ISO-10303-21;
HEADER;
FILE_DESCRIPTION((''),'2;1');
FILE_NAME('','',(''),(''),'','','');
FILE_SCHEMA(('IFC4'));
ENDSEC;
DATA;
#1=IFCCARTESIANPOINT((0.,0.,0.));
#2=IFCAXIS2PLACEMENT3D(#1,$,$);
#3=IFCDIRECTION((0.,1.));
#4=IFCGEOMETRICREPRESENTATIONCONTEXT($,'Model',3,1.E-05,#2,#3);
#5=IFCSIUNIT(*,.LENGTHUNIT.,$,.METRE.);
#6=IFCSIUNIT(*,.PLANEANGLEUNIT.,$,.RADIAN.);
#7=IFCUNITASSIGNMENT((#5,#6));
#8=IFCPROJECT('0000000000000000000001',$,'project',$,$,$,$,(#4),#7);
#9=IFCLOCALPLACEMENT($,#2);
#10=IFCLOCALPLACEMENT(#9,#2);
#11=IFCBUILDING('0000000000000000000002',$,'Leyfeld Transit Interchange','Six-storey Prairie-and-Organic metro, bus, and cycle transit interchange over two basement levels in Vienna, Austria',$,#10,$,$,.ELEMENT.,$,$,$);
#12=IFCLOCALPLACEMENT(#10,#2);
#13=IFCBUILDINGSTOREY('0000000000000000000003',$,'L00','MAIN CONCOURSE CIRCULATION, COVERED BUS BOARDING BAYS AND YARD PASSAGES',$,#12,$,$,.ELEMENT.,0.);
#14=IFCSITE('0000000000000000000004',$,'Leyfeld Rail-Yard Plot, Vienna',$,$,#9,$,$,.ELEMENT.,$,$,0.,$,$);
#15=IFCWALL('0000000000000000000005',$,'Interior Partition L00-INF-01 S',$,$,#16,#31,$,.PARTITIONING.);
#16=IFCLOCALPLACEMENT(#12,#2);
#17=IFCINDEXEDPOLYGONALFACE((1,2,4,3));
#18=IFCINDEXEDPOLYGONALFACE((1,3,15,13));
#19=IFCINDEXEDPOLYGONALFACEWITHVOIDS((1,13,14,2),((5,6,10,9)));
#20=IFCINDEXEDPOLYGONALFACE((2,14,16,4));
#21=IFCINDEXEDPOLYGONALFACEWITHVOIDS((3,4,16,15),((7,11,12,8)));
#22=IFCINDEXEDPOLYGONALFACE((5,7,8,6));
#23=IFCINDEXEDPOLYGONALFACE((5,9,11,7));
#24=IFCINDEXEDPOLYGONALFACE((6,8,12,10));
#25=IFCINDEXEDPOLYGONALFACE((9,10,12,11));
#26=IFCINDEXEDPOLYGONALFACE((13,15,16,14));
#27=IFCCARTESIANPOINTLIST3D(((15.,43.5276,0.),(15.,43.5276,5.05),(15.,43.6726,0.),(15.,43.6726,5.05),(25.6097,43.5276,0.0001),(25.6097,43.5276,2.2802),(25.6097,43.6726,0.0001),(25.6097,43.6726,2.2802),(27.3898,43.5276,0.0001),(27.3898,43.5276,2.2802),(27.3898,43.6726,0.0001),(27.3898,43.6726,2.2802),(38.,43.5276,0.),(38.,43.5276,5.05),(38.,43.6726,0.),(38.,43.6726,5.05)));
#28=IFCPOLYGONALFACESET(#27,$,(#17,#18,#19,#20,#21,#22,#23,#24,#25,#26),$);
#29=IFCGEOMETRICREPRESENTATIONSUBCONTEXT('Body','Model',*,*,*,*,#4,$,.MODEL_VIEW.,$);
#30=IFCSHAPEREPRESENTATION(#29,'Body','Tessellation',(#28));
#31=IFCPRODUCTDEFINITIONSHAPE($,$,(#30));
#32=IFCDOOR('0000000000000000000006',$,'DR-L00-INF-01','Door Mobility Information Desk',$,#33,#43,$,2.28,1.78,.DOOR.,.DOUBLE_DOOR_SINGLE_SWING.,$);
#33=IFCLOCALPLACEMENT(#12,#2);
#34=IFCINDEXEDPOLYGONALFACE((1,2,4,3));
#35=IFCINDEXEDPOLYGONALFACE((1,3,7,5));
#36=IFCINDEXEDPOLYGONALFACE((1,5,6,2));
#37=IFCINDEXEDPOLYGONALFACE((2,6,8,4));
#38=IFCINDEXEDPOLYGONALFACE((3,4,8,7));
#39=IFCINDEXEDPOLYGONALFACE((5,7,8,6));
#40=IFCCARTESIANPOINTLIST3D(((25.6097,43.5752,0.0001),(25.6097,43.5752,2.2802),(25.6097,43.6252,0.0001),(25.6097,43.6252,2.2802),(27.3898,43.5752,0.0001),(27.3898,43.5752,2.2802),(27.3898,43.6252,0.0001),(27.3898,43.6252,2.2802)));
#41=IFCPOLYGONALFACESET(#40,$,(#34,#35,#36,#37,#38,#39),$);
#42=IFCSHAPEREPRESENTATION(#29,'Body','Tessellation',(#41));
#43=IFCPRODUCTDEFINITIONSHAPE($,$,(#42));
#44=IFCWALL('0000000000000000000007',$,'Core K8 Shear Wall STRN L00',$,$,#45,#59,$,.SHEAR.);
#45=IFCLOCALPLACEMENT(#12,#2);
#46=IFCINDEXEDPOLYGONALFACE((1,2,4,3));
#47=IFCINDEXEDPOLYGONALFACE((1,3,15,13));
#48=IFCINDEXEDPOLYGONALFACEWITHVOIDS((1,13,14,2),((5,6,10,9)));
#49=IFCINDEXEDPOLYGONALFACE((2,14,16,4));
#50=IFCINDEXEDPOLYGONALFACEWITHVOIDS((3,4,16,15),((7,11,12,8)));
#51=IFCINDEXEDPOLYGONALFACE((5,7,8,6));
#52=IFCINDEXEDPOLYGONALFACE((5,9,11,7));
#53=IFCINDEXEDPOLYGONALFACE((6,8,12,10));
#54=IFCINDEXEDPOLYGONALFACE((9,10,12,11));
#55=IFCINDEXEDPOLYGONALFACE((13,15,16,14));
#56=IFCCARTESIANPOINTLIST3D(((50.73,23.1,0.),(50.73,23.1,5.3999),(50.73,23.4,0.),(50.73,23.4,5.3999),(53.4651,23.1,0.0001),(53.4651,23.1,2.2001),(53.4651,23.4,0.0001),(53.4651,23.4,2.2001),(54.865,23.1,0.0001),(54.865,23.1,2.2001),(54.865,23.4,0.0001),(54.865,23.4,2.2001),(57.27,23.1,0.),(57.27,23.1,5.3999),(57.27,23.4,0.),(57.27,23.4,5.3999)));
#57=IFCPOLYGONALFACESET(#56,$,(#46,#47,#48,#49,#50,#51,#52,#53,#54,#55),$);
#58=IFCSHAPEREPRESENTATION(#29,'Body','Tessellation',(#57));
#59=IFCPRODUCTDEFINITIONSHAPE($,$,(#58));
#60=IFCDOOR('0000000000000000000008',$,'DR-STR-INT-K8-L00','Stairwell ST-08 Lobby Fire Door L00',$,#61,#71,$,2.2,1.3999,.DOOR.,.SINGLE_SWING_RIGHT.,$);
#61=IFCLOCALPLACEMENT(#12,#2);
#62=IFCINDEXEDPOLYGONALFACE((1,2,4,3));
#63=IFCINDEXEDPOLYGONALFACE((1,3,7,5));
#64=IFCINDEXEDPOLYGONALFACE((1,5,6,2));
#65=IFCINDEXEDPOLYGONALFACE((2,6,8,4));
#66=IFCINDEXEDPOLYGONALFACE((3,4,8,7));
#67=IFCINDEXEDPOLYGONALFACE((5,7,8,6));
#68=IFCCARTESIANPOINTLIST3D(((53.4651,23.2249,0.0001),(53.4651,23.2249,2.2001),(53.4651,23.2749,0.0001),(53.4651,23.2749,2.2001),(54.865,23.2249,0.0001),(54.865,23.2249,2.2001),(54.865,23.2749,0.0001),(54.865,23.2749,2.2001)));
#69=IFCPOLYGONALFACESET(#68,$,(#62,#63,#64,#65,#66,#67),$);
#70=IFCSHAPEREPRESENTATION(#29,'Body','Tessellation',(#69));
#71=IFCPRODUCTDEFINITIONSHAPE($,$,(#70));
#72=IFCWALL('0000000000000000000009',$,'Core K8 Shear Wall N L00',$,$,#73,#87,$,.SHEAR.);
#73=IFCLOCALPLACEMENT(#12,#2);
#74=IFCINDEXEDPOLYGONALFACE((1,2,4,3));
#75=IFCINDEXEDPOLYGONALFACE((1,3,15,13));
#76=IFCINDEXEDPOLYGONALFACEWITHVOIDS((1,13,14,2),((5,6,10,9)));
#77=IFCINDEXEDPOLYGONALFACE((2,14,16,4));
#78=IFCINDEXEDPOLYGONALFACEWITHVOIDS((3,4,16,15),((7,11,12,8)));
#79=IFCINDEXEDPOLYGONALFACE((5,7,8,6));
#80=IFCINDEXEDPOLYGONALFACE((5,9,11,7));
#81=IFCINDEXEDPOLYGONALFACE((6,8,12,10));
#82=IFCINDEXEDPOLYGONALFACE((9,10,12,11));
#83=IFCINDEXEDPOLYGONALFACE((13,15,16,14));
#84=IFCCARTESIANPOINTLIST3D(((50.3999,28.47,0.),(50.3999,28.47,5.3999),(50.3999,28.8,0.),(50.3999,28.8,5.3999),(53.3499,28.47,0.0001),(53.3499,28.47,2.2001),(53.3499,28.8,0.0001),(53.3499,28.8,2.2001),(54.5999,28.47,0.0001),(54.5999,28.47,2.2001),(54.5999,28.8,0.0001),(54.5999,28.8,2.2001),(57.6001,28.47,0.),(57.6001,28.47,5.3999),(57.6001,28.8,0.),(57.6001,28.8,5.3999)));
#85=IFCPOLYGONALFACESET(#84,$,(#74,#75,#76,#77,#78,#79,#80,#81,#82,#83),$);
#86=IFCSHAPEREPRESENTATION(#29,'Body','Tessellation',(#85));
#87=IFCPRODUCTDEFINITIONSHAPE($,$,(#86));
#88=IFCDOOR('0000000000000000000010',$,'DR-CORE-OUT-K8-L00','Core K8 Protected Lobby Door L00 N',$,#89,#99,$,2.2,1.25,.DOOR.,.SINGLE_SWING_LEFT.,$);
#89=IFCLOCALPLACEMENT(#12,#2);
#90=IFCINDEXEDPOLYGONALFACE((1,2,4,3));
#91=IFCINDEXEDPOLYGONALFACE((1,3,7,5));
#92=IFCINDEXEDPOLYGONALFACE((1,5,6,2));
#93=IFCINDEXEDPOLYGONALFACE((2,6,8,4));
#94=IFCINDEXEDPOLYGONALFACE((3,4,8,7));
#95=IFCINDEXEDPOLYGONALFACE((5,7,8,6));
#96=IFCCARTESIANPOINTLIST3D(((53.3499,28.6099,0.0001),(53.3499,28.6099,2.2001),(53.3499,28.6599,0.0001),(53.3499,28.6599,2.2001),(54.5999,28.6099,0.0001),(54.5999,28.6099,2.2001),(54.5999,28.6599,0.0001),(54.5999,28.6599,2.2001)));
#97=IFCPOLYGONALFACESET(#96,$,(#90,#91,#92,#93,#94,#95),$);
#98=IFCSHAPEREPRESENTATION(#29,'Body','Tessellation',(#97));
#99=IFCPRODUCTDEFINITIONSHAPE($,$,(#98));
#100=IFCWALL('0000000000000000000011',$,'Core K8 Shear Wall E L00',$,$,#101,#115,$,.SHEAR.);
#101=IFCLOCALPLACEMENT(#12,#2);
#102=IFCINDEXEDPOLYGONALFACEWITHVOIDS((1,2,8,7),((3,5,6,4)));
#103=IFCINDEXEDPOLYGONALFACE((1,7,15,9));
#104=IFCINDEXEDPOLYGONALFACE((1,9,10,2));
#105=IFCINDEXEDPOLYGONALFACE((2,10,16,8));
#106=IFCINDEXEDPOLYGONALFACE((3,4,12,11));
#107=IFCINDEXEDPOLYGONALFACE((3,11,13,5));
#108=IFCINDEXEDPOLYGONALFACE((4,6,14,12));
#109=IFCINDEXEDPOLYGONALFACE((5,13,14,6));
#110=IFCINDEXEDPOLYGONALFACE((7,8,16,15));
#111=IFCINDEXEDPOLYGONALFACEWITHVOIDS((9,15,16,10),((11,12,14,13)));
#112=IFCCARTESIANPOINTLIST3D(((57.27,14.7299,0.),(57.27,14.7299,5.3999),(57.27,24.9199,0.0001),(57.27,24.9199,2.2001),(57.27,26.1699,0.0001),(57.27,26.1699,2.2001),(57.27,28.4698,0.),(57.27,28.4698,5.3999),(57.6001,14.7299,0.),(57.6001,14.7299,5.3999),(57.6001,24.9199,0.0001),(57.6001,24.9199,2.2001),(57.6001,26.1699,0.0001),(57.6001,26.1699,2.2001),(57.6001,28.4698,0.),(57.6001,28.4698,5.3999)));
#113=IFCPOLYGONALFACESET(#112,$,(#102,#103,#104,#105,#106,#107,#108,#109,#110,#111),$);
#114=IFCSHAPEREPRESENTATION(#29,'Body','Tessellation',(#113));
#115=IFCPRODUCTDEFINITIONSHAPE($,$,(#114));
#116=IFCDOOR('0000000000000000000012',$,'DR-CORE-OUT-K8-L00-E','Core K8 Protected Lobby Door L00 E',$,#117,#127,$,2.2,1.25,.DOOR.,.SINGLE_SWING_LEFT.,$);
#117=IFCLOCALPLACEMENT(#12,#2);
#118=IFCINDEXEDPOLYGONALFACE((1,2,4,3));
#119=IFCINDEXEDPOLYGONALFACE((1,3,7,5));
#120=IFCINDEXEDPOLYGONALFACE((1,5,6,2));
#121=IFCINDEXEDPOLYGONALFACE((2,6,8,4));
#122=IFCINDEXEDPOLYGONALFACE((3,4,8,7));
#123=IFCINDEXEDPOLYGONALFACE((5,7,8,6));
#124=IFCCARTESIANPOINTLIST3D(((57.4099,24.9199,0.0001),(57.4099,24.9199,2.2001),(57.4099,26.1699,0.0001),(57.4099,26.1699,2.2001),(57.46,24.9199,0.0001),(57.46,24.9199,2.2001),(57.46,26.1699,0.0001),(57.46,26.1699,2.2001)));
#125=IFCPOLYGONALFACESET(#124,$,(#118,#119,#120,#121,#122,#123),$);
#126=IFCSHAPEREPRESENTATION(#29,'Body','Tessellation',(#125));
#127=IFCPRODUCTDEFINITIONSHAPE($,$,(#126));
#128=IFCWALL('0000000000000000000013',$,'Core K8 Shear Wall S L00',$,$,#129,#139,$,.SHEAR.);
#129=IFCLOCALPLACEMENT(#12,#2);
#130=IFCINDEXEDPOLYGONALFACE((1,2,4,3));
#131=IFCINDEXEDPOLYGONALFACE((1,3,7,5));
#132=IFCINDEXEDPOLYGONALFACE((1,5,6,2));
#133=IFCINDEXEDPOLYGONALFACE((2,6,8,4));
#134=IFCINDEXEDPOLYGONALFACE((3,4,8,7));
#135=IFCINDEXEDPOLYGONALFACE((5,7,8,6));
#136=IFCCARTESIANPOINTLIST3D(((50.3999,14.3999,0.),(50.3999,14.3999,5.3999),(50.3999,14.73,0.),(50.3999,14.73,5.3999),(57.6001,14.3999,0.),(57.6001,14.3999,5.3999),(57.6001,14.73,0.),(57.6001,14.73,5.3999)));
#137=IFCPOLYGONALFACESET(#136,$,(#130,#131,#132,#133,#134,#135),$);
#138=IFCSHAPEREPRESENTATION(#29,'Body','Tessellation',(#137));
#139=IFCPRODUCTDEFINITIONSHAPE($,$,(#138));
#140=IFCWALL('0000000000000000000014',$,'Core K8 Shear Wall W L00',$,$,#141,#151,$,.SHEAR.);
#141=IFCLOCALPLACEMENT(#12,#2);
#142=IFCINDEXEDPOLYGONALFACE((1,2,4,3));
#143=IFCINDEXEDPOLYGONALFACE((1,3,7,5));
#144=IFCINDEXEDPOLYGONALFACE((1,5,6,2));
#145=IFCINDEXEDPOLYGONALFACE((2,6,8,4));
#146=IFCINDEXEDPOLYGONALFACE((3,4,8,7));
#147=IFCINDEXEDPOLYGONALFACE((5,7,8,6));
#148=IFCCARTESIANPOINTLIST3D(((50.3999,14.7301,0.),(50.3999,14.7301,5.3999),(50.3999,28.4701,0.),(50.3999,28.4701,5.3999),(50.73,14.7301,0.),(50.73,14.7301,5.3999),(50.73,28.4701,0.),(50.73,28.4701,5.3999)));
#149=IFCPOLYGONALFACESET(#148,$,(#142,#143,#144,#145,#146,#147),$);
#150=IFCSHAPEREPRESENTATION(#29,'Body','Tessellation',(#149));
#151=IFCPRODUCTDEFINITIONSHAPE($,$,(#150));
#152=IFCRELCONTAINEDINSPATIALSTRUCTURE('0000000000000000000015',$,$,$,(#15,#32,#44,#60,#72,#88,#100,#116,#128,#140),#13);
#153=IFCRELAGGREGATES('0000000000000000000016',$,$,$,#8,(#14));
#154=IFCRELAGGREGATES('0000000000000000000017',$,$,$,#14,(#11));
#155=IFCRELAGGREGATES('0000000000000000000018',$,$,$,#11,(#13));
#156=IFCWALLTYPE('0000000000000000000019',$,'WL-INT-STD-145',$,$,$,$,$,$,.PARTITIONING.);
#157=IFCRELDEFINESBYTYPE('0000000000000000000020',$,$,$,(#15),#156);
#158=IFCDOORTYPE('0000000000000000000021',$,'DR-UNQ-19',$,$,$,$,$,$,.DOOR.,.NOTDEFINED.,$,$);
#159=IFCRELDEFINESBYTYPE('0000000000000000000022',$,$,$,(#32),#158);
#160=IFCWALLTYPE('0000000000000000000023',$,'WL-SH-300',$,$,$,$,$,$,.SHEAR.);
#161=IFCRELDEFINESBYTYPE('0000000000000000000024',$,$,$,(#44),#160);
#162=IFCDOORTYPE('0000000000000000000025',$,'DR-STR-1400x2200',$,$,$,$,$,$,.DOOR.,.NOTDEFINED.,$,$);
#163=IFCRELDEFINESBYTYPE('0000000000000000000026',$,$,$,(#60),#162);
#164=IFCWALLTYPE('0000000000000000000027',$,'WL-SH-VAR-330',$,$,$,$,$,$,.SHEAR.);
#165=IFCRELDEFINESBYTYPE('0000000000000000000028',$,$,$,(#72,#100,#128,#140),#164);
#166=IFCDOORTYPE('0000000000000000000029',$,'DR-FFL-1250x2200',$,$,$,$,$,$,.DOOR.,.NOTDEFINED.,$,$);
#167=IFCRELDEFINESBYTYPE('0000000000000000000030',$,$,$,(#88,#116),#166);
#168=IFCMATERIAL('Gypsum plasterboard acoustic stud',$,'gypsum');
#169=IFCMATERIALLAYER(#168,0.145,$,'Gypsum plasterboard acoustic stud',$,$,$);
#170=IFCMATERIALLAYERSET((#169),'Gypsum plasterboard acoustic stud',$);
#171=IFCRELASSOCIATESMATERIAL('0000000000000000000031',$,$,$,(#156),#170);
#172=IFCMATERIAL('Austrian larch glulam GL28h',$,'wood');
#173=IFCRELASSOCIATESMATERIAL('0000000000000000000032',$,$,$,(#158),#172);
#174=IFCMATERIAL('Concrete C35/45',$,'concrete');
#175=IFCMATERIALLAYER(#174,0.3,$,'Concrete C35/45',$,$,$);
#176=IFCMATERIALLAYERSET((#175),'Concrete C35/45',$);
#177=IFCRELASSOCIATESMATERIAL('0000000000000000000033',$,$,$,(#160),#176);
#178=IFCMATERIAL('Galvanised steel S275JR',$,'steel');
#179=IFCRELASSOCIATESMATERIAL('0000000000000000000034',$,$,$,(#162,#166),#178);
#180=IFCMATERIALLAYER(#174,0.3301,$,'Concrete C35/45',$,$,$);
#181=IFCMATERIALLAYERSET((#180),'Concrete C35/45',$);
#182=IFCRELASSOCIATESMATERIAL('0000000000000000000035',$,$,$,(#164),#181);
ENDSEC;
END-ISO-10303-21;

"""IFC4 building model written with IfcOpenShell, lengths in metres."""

from ifc_helpers import new_model, si_unit, direction, frame, frame_2d, origin, place, context, subcontext, project, spatial, rectangle, extrude, material, layer, layer_set, type_object, element, fill, save


model = new_model("IFC4")

# Units and contexts
model_context = context("Model", 3, precision=1e-05, world=origin(), true_north=direction((0.0, 1.0)))
body_context = subcontext(model_context, "Body", "Model", "MODEL_VIEW")
ifc_project = project(units=[si_unit("LENGTHUNIT", "METRE"), si_unit("PLANEANGLEUNIT", "RADIAN")], contexts=[model_context])

# Site, building, storey
site_placement = place(None, origin())
site = spatial("IfcSite", under=ifc_project, at=site_placement, Name="Leyfeld Rail-Yard Plot, Vienna", CompositionType="ELEMENT", RefElevation=0.0)
building_placement = place(site_placement, origin())
building = spatial("IfcBuilding", under=site, at=building_placement, Name="Leyfeld Transit Interchange", Description="Six-storey Prairie-and-Organic metro, bus, and cycle transit interchange over two basement levels in Vienna, Austria", CompositionType="ELEMENT")
storey_placement = place(building_placement, origin())
storey = spatial("IfcBuildingStorey", under=building, at=storey_placement, Name="L00", Description="MAIN CONCOURSE CIRCULATION, COVERED BUS BOARDING BAYS AND YARD PASSAGES", CompositionType="ELEMENT", Elevation=0.0)

# Shared definitions
ifc_material_1 = material(Name="Concrete C35/45", Category="concrete")

# Walls, openings, doors
ifc_material_2 = material(Name="Gypsum plasterboard acoustic stud", Category="gypsum")
ifc_layer_1 = layer(ifc_material_2, 0.145, Name="Gypsum plasterboard acoustic stud")
ifc_layer_set_1 = layer_set([ifc_layer_1], Name="Gypsum plasterboard acoustic stud")
wall_type_1 = type_object("IfcWallType", Name="WL-INT-STD-145", PredefinedType="PARTITIONING", material=ifc_layer_set_1)
wall_1_placement = place(storey_placement, frame((38.0, 43.6001, 0.0), z_axis=(0.0, 0.0, 1.0), x_axis=(-1.0, 0.0, 0.0)))
wall_1 = element("IfcWall", 1, at=wall_1_placement, inside=storey, type_object=wall_type_1, Name="Interior Partition L00-INF-01 S", PredefinedType="PARTITIONING", context=body_context, shape_type="SweptSolid", body=[
    extrude(rectangle(XDim=23.0, YDim=0.145, at=frame_2d((11.5, 0.0))), origin(), (0.0, 0.0, 1.0), 5.05),
])
opening_1_placement = place(wall_1_placement, frame((10.6101, 0.0, 0.0)))
opening_1 = element("IfcOpeningElement", 2, at=opening_1_placement, cuts=wall_1, PredefinedType="OPENING", context=body_context, shape_type="SweptSolid", body=[
    extrude(rectangle(XDim=1.78, YDim=2.28, at=frame_2d((0.8901, 1.1401))), frame((0.0, 0.0825, 0.0), z_axis=(0.0, -1.0, 0.0), x_axis=(1.0, 0.0, 0.0)), (0.0, 0.0, 1.0), 0.165),
])
ifc_material_3 = material(Name="Austrian larch glulam GL28h", Category="wood")
door_type_1 = type_object("IfcDoorType", Name="DR-UNQ-19", OperationType="NOTDEFINED", PredefinedType="DOOR", material=ifc_material_3)
door_1_placement = place(opening_1_placement, origin())
door_1 = element("IfcDoor", 3, at=door_1_placement, inside=storey, type_object=door_type_1, Name="DR-L00-INF-01", Description="Door Mobility Information Desk", OperationType="DOUBLE_DOOR_SINGLE_SWING", OverallHeight=2.28, OverallWidth=1.78, PredefinedType="DOOR", context=body_context, shape_type="SweptSolid", body=[
    extrude(rectangle(XDim=1.78, YDim=2.28, at=frame_2d((0.8901, 1.1401))), frame((0.0, 0.0249, 0.0), z_axis=(0.0, -1.0, 0.0), x_axis=(1.0, 0.0, 0.0)), (0.0, 0.0, 1.0), 0.05),
])
fill(opening_1, door_1)
ifc_layer_2 = layer(ifc_material_1, 0.3, Name="Concrete C35/45")
ifc_layer_set_2 = layer_set([ifc_layer_2], Name="Concrete C35/45")
wall_type_2 = type_object("IfcWallType", Name="WL-SH-300", PredefinedType="SHEAR", material=ifc_layer_set_2)
wall_2_placement = place(storey_placement, frame((50.73, 23.25, 0.0), z_axis=(0.0, 0.0, 1.0), x_axis=(1.0, 0.0, 0.0)))
wall_2 = element("IfcWall", 4, at=wall_2_placement, inside=storey, type_object=wall_type_2, Name="Core K8 Shear Wall STRN L00", PredefinedType="SHEAR", context=body_context, shape_type="SweptSolid", body=[
    extrude(rectangle(XDim=6.54, YDim=0.3, at=frame_2d((3.27, 0.0))), origin(), (0.0, 0.0, 1.0), 5.3999),
])
opening_2_placement = place(wall_2_placement, frame((2.7351, 0.0, 0.0)))
opening_2 = element("IfcOpeningElement", 5, at=opening_2_placement, cuts=wall_2, PredefinedType="OPENING", context=body_context, shape_type="SweptSolid", body=[
    extrude(rectangle(XDim=1.3999, YDim=2.2, at=frame_2d((0.7, 1.1001))), frame((0.0, 0.1599, 0.0), z_axis=(0.0, -1.0, 0.0), x_axis=(1.0, 0.0, 0.0)), (0.0, 0.0, 1.0), 0.3201),
])
ifc_material_4 = material(Name="Galvanised steel S275JR", Category="steel")
door_type_2 = type_object("IfcDoorType", Name="DR-STR-1400x2200", OperationType="NOTDEFINED", PredefinedType="DOOR", material=ifc_material_4)
door_2_placement = place(opening_2_placement, origin())
door_2 = element("IfcDoor", 6, at=door_2_placement, inside=storey, type_object=door_type_2, Name="DR-STR-INT-K8-L00", Description="Stairwell ST-08 Lobby Fire Door L00", OperationType="SINGLE_SWING_RIGHT", OverallHeight=2.2, OverallWidth=1.3999, PredefinedType="DOOR", context=body_context, shape_type="SweptSolid", body=[
    extrude(rectangle(XDim=1.3999, YDim=2.2, at=frame_2d((0.7, 1.1001))), frame((0.0, 0.0249, 0.0), z_axis=(0.0, -1.0, 0.0), x_axis=(1.0, 0.0, 0.0)), (0.0, 0.0, 1.0), 0.05),
])
fill(opening_2, door_2)
ifc_layer_3 = layer(ifc_material_1, 0.3301, Name="Concrete C35/45")
ifc_layer_set_3 = layer_set([ifc_layer_3], Name="Concrete C35/45")
wall_type_3 = type_object("IfcWallType", Name="WL-SH-VAR-330", PredefinedType="SHEAR", material=ifc_layer_set_3)
wall_3_placement = place(storey_placement, frame((50.3999, 28.635, 0.0), z_axis=(0.0, 0.0, 1.0), x_axis=(1.0, 0.0, 0.0)))
wall_3 = element("IfcWall", 7, at=wall_3_placement, inside=storey, type_object=wall_type_3, Name="Core K8 Shear Wall N L00", PredefinedType="SHEAR", context=body_context, shape_type="SweptSolid", body=[
    extrude(rectangle(XDim=7.2002, YDim=0.3301, at=frame_2d((3.6001, 0.0))), origin(), (0.0, 0.0, 1.0), 5.3999),
])
opening_3_placement = place(wall_3_placement, frame((2.95, 0.0, 0.0)))
opening_3 = element("IfcOpeningElement", 8, at=opening_3_placement, cuts=wall_3, PredefinedType="OPENING", context=body_context, shape_type="SweptSolid", body=[
    extrude(rectangle(XDim=1.25, YDim=2.2, at=frame_2d((0.625, 1.1001))), frame((0.0, 0.175, 0.0), z_axis=(0.0, -1.0, 0.0), x_axis=(1.0, 0.0, 0.0)), (0.0, 0.0, 1.0), 0.3501),
])
door_type_3 = type_object("IfcDoorType", Name="DR-FFL-1250x2200", OperationType="NOTDEFINED", PredefinedType="DOOR", material=ifc_material_4)
door_3_placement = place(opening_3_placement, origin())
door_3 = element("IfcDoor", 9, at=door_3_placement, inside=storey, type_object=door_type_3, Name="DR-CORE-OUT-K8-L00", Description="Core K8 Protected Lobby Door L00 N", OperationType="SINGLE_SWING_LEFT", OverallHeight=2.2, OverallWidth=1.25, PredefinedType="DOOR", context=body_context, shape_type="SweptSolid", body=[
    extrude(rectangle(XDim=1.25, YDim=2.2, at=frame_2d((0.625, 1.1001))), frame((0.0, 0.0249, 0.0), z_axis=(0.0, -1.0, 0.0), x_axis=(1.0, 0.0, 0.0)), (0.0, 0.0, 1.0), 0.05),
])
fill(opening_3, door_3)
wall_4_placement = place(storey_placement, frame((57.4351, 28.47, 0.0), z_axis=(0.0, 0.0, 1.0), x_axis=(0.0, -1.0, 0.0)))
wall_4 = element("IfcWall", 10, at=wall_4_placement, inside=storey, type_object=wall_type_3, Name="Core K8 Shear Wall E L00", PredefinedType="SHEAR", context=body_context, shape_type="SweptSolid", body=[
    extrude(rectangle(XDim=13.74, YDim=0.3301, at=frame_2d((6.8701, 0.0))), origin(), (0.0, 0.0, 1.0), 5.3999),
])
opening_4_placement = place(wall_4_placement, frame((2.3, 0.0, 0.0)))
opening_4 = element("IfcOpeningElement", 11, at=opening_4_placement, cuts=wall_4, PredefinedType="OPENING", context=body_context, shape_type="SweptSolid", body=[
    extrude(rectangle(XDim=1.25, YDim=2.2, at=frame_2d((0.625, 1.1001))), frame((0.0, 0.175, 0.0), z_axis=(0.0, -1.0, 0.0), x_axis=(1.0, 0.0, 0.0)), (0.0, 0.0, 1.0), 0.3501),
])
door_4_placement = place(opening_4_placement, origin())
door_4 = element("IfcDoor", 12, at=door_4_placement, inside=storey, type_object=door_type_3, Name="DR-CORE-OUT-K8-L00-E", Description="Core K8 Protected Lobby Door L00 E", OperationType="SINGLE_SWING_LEFT", OverallHeight=2.2, OverallWidth=1.25, PredefinedType="DOOR", context=body_context, shape_type="SweptSolid", body=[
    extrude(rectangle(XDim=1.25, YDim=2.2, at=frame_2d((0.625, 1.1001))), frame((0.0, 0.0249, 0.0), z_axis=(0.0, -1.0, 0.0), x_axis=(1.0, 0.0, 0.0)), (0.0, 0.0, 1.0), 0.05),
])
fill(opening_4, door_4)

# Walls
wall_5_placement = place(storey_placement, frame((57.6001, 14.5649, 0.0), z_axis=(0.0, 0.0, 1.0), x_axis=(-1.0, 0.0, 0.0)))
element("IfcWall", 13, at=wall_5_placement, inside=storey, type_object=wall_type_3, Name="Core K8 Shear Wall S L00", PredefinedType="SHEAR", context=body_context, shape_type="SweptSolid", body=[
    extrude(rectangle(XDim=7.2002, YDim=0.3301, at=frame_2d((3.6001, 0.0))), origin(), (0.0, 0.0, 1.0), 5.3999),
])
wall_6_placement = place(storey_placement, frame((50.5649, 14.73, 0.0), z_axis=(0.0, 0.0, 1.0), x_axis=(0.0, 1.0, 0.0)))
element("IfcWall", 14, at=wall_6_placement, inside=storey, type_object=wall_type_3, Name="Core K8 Shear Wall W L00", PredefinedType="SHEAR", context=body_context, shape_type="SweptSolid", body=[
    extrude(rectangle(XDim=13.74, YDim=0.3301, at=frame_2d((6.8701, 0.0))), origin(), (0.0, 0.0, 1.0), 5.3999),
])

save(model, "model.ifc")
